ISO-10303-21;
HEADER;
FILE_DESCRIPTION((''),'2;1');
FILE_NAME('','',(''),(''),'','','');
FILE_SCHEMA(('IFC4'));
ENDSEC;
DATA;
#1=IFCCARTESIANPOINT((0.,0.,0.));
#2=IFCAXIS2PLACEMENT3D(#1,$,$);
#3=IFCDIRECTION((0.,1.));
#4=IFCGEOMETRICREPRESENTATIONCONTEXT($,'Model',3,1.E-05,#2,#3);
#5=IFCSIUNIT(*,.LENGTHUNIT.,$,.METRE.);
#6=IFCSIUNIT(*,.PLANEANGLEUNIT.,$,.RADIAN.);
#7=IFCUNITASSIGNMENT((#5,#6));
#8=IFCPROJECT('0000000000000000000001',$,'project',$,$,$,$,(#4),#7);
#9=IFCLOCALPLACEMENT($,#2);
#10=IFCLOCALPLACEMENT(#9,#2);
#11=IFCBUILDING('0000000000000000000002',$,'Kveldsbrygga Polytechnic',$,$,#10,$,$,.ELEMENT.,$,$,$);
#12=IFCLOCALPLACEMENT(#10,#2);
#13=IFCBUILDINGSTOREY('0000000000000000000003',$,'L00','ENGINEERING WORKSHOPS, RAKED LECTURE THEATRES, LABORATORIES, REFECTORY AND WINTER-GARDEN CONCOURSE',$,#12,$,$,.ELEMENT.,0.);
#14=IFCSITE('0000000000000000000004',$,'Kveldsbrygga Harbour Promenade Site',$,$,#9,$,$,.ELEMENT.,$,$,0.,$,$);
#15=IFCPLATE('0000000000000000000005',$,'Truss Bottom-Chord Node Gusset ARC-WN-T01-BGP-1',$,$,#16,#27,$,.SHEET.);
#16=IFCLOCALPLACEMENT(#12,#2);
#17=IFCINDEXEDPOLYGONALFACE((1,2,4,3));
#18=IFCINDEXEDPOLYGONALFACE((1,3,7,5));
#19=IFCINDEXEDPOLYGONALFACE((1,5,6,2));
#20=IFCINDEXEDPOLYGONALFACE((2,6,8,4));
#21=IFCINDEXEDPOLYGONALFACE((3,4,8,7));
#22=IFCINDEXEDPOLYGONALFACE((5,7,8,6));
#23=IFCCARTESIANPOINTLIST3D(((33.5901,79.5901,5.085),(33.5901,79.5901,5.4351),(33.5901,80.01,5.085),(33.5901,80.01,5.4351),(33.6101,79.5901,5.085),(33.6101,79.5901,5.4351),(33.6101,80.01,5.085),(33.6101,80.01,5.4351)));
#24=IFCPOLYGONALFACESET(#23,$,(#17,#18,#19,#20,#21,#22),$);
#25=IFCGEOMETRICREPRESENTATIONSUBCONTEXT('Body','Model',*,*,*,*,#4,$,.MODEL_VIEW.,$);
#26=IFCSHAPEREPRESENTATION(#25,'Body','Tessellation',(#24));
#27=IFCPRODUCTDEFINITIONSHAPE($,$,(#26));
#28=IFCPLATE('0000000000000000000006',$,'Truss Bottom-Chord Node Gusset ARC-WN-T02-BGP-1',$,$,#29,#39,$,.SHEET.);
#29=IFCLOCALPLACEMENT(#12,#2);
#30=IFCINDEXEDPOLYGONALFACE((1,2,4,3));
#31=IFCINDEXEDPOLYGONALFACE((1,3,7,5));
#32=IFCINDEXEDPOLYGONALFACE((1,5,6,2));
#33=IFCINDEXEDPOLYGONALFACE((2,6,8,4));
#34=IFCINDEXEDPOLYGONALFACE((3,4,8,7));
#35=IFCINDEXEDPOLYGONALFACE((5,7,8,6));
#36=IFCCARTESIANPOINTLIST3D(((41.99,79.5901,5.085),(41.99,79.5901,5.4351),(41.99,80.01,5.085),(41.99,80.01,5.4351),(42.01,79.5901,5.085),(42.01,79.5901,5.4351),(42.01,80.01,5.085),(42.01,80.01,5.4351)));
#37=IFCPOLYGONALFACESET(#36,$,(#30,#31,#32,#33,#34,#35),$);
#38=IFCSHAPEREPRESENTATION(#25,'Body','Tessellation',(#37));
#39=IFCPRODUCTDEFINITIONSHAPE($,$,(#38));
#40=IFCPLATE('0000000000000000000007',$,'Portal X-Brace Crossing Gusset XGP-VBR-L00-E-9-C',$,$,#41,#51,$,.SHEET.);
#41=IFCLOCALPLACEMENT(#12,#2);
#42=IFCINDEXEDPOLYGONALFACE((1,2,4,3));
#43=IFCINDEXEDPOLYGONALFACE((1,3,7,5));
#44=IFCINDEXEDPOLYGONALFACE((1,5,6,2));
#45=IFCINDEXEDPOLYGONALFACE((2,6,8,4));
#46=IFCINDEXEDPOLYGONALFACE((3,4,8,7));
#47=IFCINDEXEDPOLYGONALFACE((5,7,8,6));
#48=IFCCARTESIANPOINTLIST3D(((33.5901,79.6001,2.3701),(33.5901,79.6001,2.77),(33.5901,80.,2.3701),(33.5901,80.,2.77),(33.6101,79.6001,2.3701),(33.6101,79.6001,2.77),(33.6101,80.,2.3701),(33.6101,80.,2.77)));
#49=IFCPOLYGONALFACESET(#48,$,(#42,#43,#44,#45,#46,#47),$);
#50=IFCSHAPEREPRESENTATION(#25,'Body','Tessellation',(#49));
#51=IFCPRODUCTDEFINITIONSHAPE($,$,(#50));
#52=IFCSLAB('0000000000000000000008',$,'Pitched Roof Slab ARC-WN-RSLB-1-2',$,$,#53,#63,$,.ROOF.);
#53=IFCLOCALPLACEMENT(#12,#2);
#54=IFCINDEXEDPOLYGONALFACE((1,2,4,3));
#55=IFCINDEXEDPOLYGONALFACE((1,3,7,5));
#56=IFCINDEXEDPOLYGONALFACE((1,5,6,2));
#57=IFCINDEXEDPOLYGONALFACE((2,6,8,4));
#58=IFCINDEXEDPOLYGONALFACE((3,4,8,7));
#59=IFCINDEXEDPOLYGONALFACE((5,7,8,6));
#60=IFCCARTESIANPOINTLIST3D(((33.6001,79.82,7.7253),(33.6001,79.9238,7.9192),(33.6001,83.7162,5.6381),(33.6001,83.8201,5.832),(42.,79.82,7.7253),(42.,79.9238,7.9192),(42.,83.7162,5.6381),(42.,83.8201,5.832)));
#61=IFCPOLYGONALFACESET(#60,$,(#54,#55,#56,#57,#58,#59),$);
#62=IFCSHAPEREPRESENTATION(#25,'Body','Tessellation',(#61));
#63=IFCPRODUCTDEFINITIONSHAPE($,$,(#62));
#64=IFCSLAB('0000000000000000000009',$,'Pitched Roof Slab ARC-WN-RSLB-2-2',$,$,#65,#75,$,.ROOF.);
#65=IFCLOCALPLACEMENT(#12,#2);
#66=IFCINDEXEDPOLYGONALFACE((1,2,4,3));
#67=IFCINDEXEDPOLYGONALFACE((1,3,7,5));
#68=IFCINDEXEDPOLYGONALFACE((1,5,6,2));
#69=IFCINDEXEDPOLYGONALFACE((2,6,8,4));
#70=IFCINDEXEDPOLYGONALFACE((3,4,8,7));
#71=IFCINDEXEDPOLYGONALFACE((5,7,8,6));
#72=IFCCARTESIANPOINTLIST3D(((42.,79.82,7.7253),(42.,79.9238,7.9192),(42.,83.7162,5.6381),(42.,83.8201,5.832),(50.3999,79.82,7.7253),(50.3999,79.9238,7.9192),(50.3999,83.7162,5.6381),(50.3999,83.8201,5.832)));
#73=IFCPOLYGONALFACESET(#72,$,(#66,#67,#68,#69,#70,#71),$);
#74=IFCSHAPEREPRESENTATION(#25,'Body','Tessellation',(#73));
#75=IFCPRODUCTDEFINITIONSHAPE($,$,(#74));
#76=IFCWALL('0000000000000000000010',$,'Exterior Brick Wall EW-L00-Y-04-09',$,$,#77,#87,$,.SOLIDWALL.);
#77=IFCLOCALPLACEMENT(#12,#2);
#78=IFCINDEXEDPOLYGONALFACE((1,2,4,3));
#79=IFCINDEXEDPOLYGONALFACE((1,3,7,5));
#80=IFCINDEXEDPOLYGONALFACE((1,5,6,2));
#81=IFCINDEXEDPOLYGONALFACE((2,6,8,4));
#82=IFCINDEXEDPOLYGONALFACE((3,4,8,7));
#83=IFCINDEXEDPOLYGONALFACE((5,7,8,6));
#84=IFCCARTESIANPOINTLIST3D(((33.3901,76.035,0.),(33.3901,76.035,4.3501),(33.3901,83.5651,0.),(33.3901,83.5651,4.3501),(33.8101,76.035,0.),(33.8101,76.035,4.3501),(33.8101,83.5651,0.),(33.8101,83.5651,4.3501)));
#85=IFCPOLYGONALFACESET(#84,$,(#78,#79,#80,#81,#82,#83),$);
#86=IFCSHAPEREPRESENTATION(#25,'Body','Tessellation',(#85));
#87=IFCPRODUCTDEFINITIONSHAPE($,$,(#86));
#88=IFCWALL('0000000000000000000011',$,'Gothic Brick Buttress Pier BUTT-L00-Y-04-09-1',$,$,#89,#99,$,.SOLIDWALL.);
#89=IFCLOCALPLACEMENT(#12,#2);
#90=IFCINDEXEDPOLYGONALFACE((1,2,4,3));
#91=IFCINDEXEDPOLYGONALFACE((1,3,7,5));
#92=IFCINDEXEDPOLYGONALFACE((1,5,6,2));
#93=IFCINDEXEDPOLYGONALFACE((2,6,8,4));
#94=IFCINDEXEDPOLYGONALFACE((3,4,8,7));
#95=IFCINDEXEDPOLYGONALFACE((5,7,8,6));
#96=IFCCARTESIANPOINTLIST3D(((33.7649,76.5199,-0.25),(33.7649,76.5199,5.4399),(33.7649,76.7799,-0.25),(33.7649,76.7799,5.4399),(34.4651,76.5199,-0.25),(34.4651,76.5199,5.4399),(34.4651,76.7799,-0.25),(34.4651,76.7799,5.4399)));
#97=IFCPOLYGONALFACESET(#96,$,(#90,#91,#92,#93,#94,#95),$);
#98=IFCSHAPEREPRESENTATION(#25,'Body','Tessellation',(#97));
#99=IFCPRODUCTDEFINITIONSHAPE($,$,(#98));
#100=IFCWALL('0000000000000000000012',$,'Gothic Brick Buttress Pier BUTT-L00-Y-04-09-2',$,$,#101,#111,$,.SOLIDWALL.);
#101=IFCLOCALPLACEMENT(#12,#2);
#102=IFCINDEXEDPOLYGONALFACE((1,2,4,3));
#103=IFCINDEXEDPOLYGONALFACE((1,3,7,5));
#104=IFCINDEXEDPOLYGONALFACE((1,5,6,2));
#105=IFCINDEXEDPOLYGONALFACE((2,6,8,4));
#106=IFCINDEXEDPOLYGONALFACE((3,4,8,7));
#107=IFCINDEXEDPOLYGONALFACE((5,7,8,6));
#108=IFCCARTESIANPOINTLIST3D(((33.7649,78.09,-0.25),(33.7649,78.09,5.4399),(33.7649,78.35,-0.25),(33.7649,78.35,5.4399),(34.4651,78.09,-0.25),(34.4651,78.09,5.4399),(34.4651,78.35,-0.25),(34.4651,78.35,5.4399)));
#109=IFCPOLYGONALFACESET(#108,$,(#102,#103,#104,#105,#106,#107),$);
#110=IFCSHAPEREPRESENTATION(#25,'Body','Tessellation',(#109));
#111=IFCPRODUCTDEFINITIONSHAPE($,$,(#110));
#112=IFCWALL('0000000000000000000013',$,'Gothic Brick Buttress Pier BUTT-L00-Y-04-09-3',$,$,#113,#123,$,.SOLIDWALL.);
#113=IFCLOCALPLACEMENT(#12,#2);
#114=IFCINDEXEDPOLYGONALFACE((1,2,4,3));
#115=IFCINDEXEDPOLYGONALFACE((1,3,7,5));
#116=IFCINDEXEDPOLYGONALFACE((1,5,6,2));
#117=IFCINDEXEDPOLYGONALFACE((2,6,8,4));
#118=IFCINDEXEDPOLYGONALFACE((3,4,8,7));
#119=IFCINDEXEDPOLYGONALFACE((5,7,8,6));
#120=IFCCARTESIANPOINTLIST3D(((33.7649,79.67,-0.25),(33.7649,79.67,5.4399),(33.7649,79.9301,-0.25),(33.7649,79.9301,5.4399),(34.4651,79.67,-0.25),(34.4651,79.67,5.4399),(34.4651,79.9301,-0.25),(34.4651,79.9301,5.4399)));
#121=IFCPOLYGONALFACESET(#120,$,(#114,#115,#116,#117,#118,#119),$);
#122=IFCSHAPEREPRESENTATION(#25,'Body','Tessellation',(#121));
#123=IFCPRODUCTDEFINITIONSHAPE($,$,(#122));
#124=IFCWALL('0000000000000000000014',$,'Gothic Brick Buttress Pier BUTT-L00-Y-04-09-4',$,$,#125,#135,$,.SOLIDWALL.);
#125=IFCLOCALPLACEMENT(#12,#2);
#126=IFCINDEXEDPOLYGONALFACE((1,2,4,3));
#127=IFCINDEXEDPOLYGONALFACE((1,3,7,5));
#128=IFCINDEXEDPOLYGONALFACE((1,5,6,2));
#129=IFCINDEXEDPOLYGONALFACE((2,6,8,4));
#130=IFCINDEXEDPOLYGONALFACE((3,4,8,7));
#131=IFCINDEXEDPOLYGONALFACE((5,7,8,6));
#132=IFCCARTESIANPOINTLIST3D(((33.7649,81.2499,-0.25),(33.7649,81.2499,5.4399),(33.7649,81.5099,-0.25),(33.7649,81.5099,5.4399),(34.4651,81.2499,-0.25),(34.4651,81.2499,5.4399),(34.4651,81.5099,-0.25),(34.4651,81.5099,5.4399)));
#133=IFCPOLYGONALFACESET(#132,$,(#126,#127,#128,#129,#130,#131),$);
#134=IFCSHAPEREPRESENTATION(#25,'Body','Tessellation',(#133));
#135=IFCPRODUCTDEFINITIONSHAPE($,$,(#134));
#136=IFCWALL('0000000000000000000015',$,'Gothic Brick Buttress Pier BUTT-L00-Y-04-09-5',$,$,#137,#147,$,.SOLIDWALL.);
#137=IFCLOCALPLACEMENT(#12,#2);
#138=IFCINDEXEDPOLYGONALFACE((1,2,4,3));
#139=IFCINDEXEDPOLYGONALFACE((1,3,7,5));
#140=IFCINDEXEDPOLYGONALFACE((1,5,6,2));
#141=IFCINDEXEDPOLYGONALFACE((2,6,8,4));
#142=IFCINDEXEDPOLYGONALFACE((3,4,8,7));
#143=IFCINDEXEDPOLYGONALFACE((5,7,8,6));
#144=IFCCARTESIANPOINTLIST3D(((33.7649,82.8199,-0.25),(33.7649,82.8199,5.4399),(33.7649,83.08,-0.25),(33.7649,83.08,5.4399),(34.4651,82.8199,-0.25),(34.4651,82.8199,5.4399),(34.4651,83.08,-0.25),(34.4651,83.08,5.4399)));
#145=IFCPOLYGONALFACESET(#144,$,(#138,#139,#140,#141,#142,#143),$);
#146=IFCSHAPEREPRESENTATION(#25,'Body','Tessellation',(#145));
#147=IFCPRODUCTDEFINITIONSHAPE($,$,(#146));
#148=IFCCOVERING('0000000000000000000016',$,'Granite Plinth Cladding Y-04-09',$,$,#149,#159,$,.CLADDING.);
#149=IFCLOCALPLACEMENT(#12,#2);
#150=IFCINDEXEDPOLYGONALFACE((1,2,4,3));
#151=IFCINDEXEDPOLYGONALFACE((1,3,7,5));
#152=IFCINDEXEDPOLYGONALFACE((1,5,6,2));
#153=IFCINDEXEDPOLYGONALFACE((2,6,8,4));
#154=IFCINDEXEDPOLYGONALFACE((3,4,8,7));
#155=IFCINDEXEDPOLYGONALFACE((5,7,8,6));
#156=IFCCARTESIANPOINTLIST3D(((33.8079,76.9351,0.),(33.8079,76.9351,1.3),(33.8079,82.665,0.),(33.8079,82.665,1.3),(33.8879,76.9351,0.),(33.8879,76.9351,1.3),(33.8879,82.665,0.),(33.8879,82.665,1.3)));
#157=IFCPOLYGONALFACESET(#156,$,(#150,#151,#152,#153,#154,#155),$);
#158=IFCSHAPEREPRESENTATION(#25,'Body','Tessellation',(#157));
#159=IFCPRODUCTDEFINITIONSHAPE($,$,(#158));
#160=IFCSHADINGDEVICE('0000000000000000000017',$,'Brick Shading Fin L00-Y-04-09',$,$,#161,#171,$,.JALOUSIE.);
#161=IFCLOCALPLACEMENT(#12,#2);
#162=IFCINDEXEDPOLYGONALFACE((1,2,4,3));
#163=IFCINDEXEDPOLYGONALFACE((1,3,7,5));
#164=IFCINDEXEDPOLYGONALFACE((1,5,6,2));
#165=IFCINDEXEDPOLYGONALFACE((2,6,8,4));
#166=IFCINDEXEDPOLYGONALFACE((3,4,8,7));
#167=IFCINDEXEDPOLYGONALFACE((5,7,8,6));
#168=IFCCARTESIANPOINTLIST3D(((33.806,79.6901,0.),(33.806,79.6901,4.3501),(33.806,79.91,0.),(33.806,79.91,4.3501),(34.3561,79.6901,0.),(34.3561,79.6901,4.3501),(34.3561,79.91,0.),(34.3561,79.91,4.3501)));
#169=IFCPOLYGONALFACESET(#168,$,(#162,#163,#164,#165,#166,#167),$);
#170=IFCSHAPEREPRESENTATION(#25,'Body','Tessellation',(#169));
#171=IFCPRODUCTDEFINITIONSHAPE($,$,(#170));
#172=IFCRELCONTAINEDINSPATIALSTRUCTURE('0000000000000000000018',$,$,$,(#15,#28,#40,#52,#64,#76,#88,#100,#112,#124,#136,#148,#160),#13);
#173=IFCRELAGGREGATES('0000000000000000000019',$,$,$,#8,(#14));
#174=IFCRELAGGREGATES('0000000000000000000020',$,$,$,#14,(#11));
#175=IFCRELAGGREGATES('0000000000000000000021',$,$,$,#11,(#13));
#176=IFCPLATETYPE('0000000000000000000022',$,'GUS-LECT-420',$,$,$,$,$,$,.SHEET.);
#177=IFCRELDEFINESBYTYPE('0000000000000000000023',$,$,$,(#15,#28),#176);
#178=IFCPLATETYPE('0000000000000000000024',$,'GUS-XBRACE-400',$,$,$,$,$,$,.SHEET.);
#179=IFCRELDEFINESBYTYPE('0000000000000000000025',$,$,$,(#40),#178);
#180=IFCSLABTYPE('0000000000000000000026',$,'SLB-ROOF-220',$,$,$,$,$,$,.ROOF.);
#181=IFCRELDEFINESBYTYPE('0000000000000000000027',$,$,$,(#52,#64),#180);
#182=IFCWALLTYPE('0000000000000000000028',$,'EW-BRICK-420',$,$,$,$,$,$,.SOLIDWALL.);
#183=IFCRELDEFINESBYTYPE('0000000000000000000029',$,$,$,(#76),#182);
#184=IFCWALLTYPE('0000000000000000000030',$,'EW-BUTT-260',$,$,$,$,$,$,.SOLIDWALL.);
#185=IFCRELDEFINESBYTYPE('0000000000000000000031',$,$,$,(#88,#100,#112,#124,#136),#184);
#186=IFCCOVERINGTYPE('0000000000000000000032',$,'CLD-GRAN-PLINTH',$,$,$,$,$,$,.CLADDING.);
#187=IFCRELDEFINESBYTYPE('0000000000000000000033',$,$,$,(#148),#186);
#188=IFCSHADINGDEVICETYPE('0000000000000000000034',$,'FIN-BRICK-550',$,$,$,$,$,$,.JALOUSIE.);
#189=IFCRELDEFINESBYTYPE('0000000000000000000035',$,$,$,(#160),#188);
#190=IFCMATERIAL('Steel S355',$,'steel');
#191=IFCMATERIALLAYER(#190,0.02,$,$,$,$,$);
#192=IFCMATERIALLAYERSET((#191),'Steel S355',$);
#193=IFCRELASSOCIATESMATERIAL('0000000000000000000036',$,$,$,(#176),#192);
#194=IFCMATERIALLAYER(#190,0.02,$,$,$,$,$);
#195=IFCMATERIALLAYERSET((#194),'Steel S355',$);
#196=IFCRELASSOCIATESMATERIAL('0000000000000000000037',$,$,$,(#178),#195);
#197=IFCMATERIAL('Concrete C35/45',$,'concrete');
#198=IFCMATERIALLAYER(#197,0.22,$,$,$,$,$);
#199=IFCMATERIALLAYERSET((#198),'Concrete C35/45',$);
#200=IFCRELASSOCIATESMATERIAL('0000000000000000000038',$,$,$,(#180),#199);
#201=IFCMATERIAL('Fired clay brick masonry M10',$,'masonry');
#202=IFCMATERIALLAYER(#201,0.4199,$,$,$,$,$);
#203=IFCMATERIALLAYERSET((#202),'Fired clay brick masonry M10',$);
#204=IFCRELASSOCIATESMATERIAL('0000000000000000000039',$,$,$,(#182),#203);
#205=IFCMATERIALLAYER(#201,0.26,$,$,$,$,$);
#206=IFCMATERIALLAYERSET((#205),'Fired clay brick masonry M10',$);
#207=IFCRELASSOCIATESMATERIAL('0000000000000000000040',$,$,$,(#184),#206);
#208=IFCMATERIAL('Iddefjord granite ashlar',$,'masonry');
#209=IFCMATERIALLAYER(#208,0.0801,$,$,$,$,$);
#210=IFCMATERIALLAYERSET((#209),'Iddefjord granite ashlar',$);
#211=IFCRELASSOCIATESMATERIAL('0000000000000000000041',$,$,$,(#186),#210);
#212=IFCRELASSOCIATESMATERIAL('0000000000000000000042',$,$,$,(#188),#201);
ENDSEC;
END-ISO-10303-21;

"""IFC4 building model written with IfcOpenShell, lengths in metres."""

from ifc_helpers import new_model, si_unit, direction, frame, frame_2d, origin, origin_2d, place, context, subcontext, project, spatial, polyline, rectangle, outline, extrude, material, layer, layer_set, type_object, element, save


model = new_model("IFC4")

# Units and contexts
model_context = context("Model", 3, precision=1e-05, world=origin(), true_north=direction((0.0, 1.0)))
body_context = subcontext(model_context, "Body", "Model", "MODEL_VIEW")
ifc_project = project(units=[si_unit("LENGTHUNIT", "METRE"), si_unit("PLANEANGLEUNIT", "RADIAN")], contexts=[model_context])

# Site, building, storey
site_placement = place(None, origin())
site = spatial("IfcSite", under=ifc_project, at=site_placement, Name="Kveldsbrygga Harbour Promenade Site", CompositionType="ELEMENT", RefElevation=0.0)
building_placement = place(site_placement, origin())
building = spatial("IfcBuilding", under=site, at=building_placement, Name="Kveldsbrygga Polytechnic", CompositionType="ELEMENT")
storey_placement = place(building_placement, origin())
storey = spatial("IfcBuildingStorey", under=building, at=storey_placement, Name="L00", Description="ENGINEERING WORKSHOPS, RAKED LECTURE THEATRES, LABORATORIES, REFECTORY AND WINTER-GARDEN CONCOURSE", CompositionType="ELEMENT", Elevation=0.0)

# Shared definitions
ifc_material_1 = material(Name="Concrete C35/45", Category="concrete")

# Shared definitions
ifc_material_2 = material(Name="Steel S355", Category="steel")

# Plates
ifc_layer_1 = layer(ifc_material_2, 0.02)
ifc_layer_set_1 = layer_set([ifc_layer_1], Name="Steel S355")
plate_type_1 = type_object("IfcPlateType", Name="GUS-LECT-420", PredefinedType="SHEET", material=ifc_layer_set_1)
for number, where, z_axis, x_axis, name in (
    (1, (33.6001, 79.8, 5.085), (0.0, 0.0, 1.0), (1.0, 0.0, 0.0), "Truss Bottom-Chord Node Gusset ARC-WN-T01-BGP-1"),
    (2, (42.0, 79.8, 5.085), (0.0, 0.0, 1.0), (1.0, 0.0, 0.0), "Truss Bottom-Chord Node Gusset ARC-WN-T02-BGP-1"),
):
    element("IfcPlate", number, at=place(storey_placement, frame(where, z_axis=z_axis, x_axis=x_axis)), inside=storey, type_object=plate_type_1, Name=name, PredefinedType="SHEET", context=body_context, shape_type="SweptSolid", body=[
        extrude(rectangle(XDim=0.02, YDim=0.4199, at=origin_2d()), origin(), (0.0, 0.0, 1.0), 0.3501),
    ])
ifc_layer_2 = layer(ifc_material_2, 0.02)
ifc_layer_set_2 = layer_set([ifc_layer_2], Name="Steel S355")
plate_type_2 = type_object("IfcPlateType", Name="GUS-XBRACE-400", PredefinedType="SHEET", material=ifc_layer_set_2)
plate_1_placement = place(storey_placement, frame((33.6001, 79.8, 2.3701), z_axis=(0.0, 0.0, 1.0), x_axis=(1.0, 0.0, 0.0)))
element("IfcPlate", 3, at=plate_1_placement, inside=storey, type_object=plate_type_2, Name="Portal X-Brace Crossing Gusset XGP-VBR-L00-E-9-C", PredefinedType="SHEET", context=body_context, shape_type="SweptSolid", body=[
    extrude(rectangle(XDim=0.02, YDim=0.3999, at=origin_2d()), origin(), (0.0, 0.0, 1.0), 0.3999),
])

# Slabs
ifc_layer_3 = layer(ifc_material_1, 0.22)
ifc_layer_set_3 = layer_set([ifc_layer_3], Name="Concrete C35/45")
slab_type = type_object("IfcSlabType", Name="SLB-ROOF-220", PredefinedType="ROOF", material=ifc_layer_set_3)
for number, where, z_axis, x_axis, name in (
    (4, (33.6001, 79.9238, 7.9192), (0.0, 0.472201, 0.881491), (1.0, 0.0, 0.0), "Pitched Roof Slab ARC-WN-RSLB-1-2"),
    (5, (42.0, 79.9238, 7.9192), (0.0, 0.472201, 0.881491), (1.0, 0.0, 0.0), "Pitched Roof Slab ARC-WN-RSLB-2-2"),
):
    element("IfcSlab", number, at=place(storey_placement, frame(where, z_axis=z_axis, x_axis=x_axis)), inside=storey, type_object=slab_type, Name=name, PredefinedType="ROOF", context=body_context, shape_type="SweptSolid", body=[
        extrude(outline(polyline([(0.0, 0.0), (8.3999, 0.0), (8.3999, 4.4201), (0.0, 4.4201), (0.0, 0.0)])), origin(), (0.0, 0.0, -1.0), 0.22),
    ])

# Walls
ifc_material_3 = material(Name="Fired clay brick masonry M10", Category="masonry")
ifc_layer_4 = layer(ifc_material_3, 0.4199)
ifc_layer_set_4 = layer_set([ifc_layer_4], Name="Fired clay brick masonry M10")
wall_type_1 = type_object("IfcWallType", Name="EW-BRICK-420", PredefinedType="SOLIDWALL", material=ifc_layer_set_4)
wall_placement = place(storey_placement, frame((33.6001, 76.0349, 0.0), z_axis=(0.0, 0.0, 1.0), x_axis=(0.0, 1.0, 0.0)))
element("IfcWall", 6, at=wall_placement, inside=storey, type_object=wall_type_1, Name="Exterior Brick Wall EW-L00-Y-04-09", PredefinedType="SOLIDWALL", context=body_context, shape_type="SweptSolid", body=[
    extrude(rectangle(XDim=7.53, YDim=0.4199, at=frame_2d((3.7651, 0.0))), origin(), (0.0, 0.0, 1.0), 4.3501),
])
ifc_layer_5 = layer(ifc_material_3, 0.26)
ifc_layer_set_5 = layer_set([ifc_layer_5], Name="Fired clay brick masonry M10")
wall_type_2 = type_object("IfcWallType", Name="EW-BUTT-260", PredefinedType="SOLIDWALL", material=ifc_layer_set_5)
for number, where, z_axis, x_axis, name in (
    (7, (33.7649, 76.6499, -0.25), (0.0, 0.0, 1.0), (1.0, 0.0, 0.0), "Gothic Brick Buttress Pier BUTT-L00-Y-04-09-1"),
    (8, (33.7649, 78.22, -0.25), (0.0, 0.0, 1.0), (1.0, 0.0, 0.0), "Gothic Brick Buttress Pier BUTT-L00-Y-04-09-2"),
    (9, (33.7649, 79.8, -0.25), (0.0, 0.0, 1.0), (1.0, 0.0, 0.0), "Gothic Brick Buttress Pier BUTT-L00-Y-04-09-3"),
    (10, (33.7649, 81.3799, -0.25), (0.0, 0.0, 1.0), (1.0, 0.0, 0.0), "Gothic Brick Buttress Pier BUTT-L00-Y-04-09-4"),
    (11, (33.7649, 82.95, -0.25), (0.0, 0.0, 1.0), (1.0, 0.0, 0.0), "Gothic Brick Buttress Pier BUTT-L00-Y-04-09-5"),
):
    element("IfcWall", number, at=place(storey_placement, frame(where, z_axis=z_axis, x_axis=x_axis)), inside=storey, type_object=wall_type_2, Name=name, PredefinedType="SOLIDWALL", context=body_context, shape_type="SweptSolid", body=[
        extrude(rectangle(XDim=0.7002, YDim=0.26, at=frame_2d((0.3501, 0.0))), origin(), (0.0, 0.0, 1.0), 5.6899),
    ])

# Covering
ifc_material_4 = material(Name="Iddefjord granite ashlar", Category="masonry")
ifc_layer_6 = layer(ifc_material_4, 0.0801)
ifc_layer_set_6 = layer_set([ifc_layer_6], Name="Iddefjord granite ashlar")
covering_type = type_object("IfcCoveringType", Name="CLD-GRAN-PLINTH", PredefinedType="CLADDING", material=ifc_layer_set_6)
covering_placement = place(storey_placement, frame((33.8479, 79.8, 0.0), z_axis=(0.0, 0.0, 1.0), x_axis=(0.0, 1.0, 0.0)))
element("IfcCovering", 12, at=covering_placement, inside=storey, type_object=covering_type, Name="Granite Plinth Cladding Y-04-09", PredefinedType="CLADDING", context=body_context, shape_type="SweptSolid", body=[
    extrude(rectangle(XDim=5.73, YDim=0.0801, at=origin_2d()), origin(), (0.0, 0.0, 1.0), 1.3),
])

# Shading device
shading_device_type = type_object("IfcShadingDeviceType", Name="FIN-BRICK-550", PredefinedType="JALOUSIE", material=ifc_material_3)
shading_device_placement = place(storey_placement, frame((34.0811, 79.8, 0.0), z_axis=(0.0, 0.0, 1.0), x_axis=(0.0, 1.0, 0.0)))
element("IfcShadingDevice", 13, at=shading_device_placement, inside=storey, type_object=shading_device_type, Name="Brick Shading Fin L00-Y-04-09", PredefinedType="JALOUSIE", context=body_context, shape_type="SweptSolid", body=[
    extrude(rectangle(XDim=0.22, YDim=0.55, at=origin_2d()), origin(), (0.0, 0.0, 1.0), 4.3501),
])

save(model, "model.ifc")
